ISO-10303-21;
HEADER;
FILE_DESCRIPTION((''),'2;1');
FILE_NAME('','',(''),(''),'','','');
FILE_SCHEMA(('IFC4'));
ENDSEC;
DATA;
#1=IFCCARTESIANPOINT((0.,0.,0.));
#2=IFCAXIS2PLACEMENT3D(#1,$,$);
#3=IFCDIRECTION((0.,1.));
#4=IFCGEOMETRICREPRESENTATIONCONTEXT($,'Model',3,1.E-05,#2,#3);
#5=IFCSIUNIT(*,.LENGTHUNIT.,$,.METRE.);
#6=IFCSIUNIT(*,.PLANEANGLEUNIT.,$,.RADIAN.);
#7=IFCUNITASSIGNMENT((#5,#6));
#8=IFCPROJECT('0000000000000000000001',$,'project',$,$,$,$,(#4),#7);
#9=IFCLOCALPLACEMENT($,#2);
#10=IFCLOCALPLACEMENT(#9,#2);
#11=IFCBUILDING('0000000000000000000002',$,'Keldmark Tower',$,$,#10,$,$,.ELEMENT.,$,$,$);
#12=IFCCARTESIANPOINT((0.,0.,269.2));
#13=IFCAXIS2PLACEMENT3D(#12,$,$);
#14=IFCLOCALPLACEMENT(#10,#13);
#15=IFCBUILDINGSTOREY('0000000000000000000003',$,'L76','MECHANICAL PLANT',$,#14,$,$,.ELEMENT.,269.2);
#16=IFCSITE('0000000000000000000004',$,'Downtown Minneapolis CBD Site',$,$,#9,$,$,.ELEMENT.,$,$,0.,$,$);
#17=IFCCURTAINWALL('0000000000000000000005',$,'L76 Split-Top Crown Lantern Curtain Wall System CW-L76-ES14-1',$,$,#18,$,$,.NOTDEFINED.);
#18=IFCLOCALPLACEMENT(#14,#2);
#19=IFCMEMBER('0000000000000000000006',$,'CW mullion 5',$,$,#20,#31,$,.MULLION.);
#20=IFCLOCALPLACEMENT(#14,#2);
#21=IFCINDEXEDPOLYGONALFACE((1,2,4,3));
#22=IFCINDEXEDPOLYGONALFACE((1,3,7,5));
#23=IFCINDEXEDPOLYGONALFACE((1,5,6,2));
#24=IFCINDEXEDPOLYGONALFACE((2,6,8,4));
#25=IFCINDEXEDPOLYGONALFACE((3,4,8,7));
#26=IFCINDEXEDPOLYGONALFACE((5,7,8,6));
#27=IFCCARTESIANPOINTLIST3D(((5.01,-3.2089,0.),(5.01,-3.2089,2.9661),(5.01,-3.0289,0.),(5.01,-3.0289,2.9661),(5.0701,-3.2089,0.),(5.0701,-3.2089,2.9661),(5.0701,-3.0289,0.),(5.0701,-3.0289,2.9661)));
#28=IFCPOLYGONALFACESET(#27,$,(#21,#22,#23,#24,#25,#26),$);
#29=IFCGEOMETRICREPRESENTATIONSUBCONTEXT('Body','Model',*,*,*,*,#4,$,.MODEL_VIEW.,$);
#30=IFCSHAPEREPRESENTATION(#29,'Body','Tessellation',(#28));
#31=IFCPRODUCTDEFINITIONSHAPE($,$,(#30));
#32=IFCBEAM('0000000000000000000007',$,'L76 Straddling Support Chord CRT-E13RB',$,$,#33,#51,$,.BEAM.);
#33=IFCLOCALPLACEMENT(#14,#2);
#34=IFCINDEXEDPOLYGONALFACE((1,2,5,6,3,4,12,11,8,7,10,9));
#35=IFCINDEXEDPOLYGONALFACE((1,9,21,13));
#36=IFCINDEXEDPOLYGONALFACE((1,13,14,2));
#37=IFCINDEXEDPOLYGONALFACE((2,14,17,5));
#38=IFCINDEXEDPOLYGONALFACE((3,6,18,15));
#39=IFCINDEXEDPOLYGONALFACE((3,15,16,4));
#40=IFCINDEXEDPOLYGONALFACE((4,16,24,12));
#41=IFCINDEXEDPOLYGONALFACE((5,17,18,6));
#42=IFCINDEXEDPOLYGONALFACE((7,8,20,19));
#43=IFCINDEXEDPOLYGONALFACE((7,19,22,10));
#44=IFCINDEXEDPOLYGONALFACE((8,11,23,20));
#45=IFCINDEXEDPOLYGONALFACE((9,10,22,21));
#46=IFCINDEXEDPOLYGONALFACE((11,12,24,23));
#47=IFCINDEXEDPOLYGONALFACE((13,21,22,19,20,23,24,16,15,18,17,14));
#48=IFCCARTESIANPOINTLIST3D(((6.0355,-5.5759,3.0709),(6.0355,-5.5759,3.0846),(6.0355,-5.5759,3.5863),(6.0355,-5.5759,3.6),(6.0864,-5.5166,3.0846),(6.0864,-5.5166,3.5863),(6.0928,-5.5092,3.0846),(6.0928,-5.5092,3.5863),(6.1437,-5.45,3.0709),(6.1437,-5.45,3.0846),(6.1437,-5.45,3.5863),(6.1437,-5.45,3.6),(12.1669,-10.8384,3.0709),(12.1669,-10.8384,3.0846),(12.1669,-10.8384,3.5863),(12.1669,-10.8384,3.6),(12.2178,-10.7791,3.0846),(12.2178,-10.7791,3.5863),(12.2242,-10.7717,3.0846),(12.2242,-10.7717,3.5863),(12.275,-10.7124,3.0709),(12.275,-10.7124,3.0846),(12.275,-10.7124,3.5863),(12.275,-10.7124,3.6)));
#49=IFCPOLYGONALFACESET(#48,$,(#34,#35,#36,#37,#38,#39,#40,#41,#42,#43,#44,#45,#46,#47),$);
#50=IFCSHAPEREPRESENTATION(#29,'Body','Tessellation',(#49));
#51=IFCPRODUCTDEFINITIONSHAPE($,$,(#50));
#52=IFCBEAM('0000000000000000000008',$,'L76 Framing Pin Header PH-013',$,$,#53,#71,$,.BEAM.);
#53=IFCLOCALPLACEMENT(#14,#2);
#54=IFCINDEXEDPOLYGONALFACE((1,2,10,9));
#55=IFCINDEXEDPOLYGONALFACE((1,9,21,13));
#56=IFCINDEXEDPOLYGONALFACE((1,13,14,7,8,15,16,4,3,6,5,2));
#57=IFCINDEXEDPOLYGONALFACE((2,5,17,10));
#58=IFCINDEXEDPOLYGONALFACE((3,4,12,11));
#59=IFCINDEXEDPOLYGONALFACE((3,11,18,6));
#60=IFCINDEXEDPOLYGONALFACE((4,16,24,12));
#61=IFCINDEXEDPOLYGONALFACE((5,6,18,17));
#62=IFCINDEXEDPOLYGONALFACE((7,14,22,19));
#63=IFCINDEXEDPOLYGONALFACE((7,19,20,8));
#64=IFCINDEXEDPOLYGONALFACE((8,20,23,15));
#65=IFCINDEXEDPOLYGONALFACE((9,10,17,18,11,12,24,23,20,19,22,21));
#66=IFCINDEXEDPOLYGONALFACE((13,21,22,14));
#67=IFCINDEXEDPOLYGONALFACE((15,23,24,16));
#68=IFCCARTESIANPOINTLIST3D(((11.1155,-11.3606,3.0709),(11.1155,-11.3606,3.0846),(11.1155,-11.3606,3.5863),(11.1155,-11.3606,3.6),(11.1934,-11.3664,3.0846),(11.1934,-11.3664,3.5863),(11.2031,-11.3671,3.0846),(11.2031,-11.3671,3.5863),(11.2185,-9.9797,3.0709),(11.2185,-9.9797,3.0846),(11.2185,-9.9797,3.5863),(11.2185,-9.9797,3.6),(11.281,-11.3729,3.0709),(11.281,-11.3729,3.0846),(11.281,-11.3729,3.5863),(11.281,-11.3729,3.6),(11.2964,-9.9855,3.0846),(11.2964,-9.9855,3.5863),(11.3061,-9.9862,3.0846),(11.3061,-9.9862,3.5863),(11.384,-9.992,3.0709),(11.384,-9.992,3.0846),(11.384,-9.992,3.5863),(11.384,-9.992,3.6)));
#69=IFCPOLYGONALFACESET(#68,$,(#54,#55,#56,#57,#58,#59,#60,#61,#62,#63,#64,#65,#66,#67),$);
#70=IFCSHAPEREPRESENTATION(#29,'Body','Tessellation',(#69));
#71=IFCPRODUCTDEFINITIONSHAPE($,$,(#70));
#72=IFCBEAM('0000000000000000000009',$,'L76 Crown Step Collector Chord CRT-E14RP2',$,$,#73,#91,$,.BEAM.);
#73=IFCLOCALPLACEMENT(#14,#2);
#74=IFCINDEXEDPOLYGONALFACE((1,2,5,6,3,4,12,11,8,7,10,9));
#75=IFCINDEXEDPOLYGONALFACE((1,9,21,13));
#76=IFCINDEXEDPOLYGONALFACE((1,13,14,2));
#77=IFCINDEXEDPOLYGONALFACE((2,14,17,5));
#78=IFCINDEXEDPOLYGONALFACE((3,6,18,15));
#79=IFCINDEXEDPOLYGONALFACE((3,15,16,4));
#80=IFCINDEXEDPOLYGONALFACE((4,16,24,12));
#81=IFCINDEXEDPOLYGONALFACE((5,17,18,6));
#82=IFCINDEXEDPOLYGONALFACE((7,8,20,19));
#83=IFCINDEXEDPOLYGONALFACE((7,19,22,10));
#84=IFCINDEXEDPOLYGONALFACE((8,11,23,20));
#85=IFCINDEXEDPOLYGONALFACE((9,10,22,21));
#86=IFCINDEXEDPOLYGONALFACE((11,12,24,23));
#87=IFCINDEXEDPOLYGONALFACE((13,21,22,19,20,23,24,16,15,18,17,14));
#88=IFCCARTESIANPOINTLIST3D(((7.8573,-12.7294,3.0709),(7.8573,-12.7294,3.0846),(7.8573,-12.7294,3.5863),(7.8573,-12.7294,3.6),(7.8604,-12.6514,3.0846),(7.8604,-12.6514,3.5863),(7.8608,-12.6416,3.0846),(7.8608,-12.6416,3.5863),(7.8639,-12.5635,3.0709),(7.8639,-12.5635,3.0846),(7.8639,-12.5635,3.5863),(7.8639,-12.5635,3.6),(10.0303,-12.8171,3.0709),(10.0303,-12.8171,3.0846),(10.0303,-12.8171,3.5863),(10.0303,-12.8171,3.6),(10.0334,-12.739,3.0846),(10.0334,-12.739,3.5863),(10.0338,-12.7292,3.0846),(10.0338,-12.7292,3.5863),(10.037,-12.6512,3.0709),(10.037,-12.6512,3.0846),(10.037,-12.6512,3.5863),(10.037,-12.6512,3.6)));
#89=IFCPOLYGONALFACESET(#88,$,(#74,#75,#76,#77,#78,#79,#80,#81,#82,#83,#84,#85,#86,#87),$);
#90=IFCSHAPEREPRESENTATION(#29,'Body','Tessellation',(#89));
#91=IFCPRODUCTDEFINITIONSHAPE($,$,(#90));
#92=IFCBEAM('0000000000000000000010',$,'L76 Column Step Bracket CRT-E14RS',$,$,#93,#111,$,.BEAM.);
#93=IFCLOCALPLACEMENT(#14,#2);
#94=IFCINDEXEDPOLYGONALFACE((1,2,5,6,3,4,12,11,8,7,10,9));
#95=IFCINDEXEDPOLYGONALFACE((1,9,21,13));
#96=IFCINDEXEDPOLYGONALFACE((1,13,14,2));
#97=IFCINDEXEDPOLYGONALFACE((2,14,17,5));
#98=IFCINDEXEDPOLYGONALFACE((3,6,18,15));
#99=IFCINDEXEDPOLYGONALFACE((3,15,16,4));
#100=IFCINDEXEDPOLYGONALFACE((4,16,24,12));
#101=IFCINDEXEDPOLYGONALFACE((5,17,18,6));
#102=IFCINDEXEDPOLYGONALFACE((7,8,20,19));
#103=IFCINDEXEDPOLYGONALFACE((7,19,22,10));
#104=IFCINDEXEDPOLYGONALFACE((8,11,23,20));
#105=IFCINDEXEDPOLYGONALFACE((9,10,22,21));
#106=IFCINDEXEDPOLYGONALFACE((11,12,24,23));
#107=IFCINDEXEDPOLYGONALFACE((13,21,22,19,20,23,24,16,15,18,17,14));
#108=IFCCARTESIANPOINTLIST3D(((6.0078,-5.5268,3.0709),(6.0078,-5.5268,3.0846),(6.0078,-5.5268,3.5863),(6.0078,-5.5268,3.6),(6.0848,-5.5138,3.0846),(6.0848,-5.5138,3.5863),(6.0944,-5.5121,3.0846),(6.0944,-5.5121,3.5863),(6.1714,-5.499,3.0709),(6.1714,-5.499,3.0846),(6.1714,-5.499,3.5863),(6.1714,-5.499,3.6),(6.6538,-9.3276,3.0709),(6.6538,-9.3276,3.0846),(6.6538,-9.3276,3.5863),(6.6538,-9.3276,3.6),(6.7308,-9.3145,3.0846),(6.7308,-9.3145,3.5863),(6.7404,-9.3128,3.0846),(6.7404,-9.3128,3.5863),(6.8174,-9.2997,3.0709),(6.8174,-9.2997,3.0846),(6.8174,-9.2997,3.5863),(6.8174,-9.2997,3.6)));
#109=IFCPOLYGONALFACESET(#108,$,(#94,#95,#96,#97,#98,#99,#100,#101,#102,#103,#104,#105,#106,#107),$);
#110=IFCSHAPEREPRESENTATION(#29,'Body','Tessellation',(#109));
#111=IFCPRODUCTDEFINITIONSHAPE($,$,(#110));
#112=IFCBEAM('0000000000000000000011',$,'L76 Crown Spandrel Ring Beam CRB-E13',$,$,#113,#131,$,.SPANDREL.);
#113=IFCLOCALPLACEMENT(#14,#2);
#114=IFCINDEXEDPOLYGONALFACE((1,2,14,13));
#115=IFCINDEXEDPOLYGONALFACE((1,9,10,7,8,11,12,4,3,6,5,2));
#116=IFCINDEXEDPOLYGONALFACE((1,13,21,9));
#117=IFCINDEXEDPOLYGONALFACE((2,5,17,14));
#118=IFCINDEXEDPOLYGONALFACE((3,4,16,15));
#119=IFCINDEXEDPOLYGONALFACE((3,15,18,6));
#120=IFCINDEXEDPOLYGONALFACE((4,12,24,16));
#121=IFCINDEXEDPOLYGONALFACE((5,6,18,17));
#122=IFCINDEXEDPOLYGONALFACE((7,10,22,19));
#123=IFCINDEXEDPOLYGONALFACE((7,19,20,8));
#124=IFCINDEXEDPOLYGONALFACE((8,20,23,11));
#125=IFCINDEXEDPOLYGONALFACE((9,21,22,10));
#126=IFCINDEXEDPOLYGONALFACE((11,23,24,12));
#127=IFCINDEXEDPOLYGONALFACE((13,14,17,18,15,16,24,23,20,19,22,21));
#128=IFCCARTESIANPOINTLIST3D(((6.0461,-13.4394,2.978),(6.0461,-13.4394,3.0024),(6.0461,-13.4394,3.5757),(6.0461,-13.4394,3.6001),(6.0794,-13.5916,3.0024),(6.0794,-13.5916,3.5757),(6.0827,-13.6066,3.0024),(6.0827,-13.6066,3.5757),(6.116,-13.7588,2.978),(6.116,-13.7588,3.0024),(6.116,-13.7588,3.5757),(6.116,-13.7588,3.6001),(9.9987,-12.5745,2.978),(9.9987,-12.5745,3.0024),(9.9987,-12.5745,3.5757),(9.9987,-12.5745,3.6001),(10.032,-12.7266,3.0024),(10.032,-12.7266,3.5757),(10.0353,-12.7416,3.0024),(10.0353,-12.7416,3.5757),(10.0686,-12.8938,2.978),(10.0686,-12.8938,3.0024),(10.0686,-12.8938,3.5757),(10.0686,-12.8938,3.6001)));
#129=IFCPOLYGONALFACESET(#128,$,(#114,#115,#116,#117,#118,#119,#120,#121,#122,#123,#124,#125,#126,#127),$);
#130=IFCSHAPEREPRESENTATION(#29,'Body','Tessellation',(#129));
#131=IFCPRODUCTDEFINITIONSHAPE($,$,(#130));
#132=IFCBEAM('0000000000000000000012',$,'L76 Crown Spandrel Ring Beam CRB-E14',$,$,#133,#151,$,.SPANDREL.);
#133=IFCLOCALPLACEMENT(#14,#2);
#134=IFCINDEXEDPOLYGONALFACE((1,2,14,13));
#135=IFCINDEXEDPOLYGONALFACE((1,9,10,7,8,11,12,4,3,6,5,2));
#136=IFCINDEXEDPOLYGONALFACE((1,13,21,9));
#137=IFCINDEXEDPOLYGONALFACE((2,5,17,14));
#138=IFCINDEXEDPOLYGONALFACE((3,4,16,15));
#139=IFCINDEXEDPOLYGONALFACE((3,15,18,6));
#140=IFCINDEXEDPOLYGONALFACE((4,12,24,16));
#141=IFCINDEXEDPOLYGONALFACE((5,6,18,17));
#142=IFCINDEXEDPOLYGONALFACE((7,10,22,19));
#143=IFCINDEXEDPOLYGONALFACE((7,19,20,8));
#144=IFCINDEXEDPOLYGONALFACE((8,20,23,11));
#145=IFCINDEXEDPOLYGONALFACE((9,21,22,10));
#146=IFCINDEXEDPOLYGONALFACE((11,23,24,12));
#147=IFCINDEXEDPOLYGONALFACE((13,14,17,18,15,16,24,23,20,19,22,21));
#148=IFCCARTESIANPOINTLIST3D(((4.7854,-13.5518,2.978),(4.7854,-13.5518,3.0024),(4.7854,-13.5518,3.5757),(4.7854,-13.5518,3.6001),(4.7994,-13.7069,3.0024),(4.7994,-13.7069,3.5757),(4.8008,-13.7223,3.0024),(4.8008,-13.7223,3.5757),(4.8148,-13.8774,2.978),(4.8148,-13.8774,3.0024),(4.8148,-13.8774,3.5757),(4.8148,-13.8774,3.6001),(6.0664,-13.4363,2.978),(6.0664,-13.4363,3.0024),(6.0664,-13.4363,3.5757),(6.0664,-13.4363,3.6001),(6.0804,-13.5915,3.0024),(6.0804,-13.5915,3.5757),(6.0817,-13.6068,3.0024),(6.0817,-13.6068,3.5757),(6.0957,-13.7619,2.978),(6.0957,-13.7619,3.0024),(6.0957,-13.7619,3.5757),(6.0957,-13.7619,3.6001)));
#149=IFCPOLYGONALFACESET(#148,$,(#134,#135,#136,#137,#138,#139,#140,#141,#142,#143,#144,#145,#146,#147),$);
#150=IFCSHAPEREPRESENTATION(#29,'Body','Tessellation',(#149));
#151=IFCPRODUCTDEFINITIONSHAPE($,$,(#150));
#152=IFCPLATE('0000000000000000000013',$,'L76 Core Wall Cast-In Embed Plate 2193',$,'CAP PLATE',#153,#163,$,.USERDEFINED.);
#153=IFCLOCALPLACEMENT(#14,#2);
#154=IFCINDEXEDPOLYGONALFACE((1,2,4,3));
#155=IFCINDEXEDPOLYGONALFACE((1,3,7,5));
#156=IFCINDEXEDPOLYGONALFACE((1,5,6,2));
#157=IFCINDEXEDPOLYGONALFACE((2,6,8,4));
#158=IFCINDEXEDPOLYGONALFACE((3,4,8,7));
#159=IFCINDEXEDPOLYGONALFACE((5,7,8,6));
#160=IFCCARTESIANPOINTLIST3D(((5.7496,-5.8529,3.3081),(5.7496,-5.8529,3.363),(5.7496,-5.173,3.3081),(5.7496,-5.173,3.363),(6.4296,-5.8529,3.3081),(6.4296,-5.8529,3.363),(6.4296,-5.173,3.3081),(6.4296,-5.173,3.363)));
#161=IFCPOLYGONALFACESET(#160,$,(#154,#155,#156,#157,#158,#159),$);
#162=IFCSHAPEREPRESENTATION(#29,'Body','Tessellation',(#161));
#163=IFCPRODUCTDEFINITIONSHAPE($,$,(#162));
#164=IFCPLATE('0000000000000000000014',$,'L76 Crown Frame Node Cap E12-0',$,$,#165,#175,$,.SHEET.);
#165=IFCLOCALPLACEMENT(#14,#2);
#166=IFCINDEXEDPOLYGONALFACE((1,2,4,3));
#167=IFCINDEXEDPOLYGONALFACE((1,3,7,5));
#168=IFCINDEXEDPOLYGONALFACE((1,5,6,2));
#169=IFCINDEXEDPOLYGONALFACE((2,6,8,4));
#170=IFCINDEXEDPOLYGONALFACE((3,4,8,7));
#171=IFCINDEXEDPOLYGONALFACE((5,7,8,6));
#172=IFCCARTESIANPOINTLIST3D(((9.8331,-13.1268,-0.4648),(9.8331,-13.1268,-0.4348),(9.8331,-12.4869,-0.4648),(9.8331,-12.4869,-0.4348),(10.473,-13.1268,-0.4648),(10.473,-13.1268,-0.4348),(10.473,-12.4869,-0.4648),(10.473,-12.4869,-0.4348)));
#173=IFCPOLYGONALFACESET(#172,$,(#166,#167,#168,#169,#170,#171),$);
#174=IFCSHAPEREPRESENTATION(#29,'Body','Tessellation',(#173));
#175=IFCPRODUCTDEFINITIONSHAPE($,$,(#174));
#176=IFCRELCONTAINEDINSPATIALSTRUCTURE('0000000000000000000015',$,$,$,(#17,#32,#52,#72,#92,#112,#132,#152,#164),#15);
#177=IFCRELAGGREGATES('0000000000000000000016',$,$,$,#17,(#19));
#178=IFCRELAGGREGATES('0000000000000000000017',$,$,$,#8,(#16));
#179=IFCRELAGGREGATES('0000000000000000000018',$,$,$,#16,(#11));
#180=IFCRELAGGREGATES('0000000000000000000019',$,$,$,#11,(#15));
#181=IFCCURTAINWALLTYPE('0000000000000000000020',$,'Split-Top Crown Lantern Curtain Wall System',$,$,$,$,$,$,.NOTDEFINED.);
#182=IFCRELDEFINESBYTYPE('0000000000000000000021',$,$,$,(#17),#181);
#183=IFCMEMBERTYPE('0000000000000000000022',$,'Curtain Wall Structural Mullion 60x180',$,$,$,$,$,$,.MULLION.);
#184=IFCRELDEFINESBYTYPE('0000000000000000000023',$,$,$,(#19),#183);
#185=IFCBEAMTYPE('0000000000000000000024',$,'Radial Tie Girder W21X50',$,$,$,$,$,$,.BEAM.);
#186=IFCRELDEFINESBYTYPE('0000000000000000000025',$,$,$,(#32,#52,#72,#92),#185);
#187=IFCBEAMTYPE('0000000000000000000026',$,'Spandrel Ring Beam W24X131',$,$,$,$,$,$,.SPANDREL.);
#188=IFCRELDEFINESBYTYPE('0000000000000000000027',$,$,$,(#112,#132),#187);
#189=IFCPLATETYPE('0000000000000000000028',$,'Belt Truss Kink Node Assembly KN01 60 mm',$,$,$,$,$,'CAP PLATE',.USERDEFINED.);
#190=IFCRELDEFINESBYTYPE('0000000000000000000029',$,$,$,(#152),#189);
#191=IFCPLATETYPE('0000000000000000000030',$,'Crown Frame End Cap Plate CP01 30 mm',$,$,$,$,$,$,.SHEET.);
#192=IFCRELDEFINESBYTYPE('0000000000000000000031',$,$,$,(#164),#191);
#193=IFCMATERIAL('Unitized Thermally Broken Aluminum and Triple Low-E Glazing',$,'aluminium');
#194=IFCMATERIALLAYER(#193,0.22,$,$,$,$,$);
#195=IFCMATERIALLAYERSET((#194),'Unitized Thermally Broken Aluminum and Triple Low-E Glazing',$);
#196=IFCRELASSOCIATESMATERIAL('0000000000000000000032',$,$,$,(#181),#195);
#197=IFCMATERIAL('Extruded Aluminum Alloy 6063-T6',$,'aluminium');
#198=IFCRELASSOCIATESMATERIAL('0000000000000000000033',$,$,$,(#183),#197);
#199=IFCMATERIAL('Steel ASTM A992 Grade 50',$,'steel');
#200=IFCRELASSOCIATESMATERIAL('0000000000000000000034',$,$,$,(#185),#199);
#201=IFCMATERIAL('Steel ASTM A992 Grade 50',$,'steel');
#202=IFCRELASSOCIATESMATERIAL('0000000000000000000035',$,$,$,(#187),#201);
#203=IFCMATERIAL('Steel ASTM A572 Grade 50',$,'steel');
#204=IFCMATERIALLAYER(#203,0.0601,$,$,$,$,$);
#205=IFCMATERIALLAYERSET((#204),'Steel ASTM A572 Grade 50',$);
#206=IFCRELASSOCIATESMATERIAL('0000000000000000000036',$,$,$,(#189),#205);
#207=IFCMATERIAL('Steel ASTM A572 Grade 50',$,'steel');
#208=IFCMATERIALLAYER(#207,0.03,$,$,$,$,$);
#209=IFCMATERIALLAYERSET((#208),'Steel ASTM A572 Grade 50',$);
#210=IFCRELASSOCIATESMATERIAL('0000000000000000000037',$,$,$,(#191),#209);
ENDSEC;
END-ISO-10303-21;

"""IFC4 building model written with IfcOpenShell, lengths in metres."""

from ifc_helpers import new_model, si_unit, direction, frame, origin, origin_2d, place, context, subcontext, project, spatial, rectangle, i_section, extrude, material, layer, layer_set, material_profile, profile_set, type_object, element, aggregate, save


model = new_model("IFC4")

# Units and contexts
model_context = context("Model", 3, precision=1e-05, world=origin(), true_north=direction((0.0, 1.0)))
body_context = subcontext(model_context, "Body", "Model", "MODEL_VIEW")
ifc_project = project(units=[si_unit("LENGTHUNIT", "METRE"), si_unit("PLANEANGLEUNIT", "RADIAN")], contexts=[model_context])

# Site, building, storey
site_placement = place(None, origin())
site = spatial("IfcSite", under=ifc_project, at=site_placement, Name="Downtown Minneapolis CBD Site", CompositionType="ELEMENT", RefElevation=0.0)
building_placement = place(site_placement, origin())
building = spatial("IfcBuilding", under=site, at=building_placement, Name="Keldmark Tower", CompositionType="ELEMENT")
storey_placement = place(building_placement, frame((0.0, 0.0, 269.2)))
storey = spatial("IfcBuildingStorey", under=building, at=storey_placement, Name="L76", Description="MECHANICAL PLANT", CompositionType="ELEMENT", Elevation=269.2)

# Curtain wall, member
ifc_material_1 = material(Name="Unitized Thermally Broken Aluminum and Triple Low-E Glazing", Category="aluminium")
ifc_layer_1 = layer(ifc_material_1, 0.22)
ifc_layer_set_1 = layer_set([ifc_layer_1], Name="Unitized Thermally Broken Aluminum and Triple Low-E Glazing")
curtain_wall_type = type_object("IfcCurtainWallType", Name="Split-Top Crown Lantern Curtain Wall System", PredefinedType="NOTDEFINED", material=ifc_layer_set_1)
curtain_wall_placement = place(storey_placement, origin())
curtain_wall = element("IfcCurtainWall", 1, at=curtain_wall_placement, inside=storey, type_object=curtain_wall_type, Name="L76 Split-Top Crown Lantern Curtain Wall System CW-L76-ES14-1", PredefinedType="NOTDEFINED")
ifc_material_2 = material(Name="Extruded Aluminum Alloy 6063-T6", Category="aluminium")
ifc_material_profile_1 = material_profile(ifc_material_2, rectangle(XDim=0.0601, YDim=0.1799, at=origin_2d()), Name="CWM60X180")
ifc_profile_set_1 = profile_set([ifc_material_profile_1], Name="Extruded Aluminum Alloy 6063-T6")
member_type_1 = type_object("IfcMemberType", Name="Curtain Wall Structural Mullion 60x180", PredefinedType="MULLION", material=ifc_profile_set_1)
member_1_placement = place(storey_placement, frame((5.04, -3.1189, 0.0), z_axis=(0.0, 0.0, 1.0), x_axis=(1.0, 0.0, 0.0)))
member_1 = element("IfcMember", 2, at=member_1_placement, type_object=member_type_1, Name="CW mullion 5", PredefinedType="MULLION", context=body_context, shape_type="SweptSolid", body=[
    extrude(rectangle(XDim=0.0601, YDim=0.1799, at=origin_2d()), origin(), (0.0, 0.0, 1.0), 2.9661),
])

# Beams
ifc_material_3 = material(Name="Steel ASTM A992 Grade 50", Category="steel")
ifc_material_profile_2 = material_profile(ifc_material_3, i_section(OverallWidth=0.166, OverallDepth=0.5291, WebThickness=0.0098, FlangeThickness=0.0137, at=origin_2d()), Name="W21X50")
ifc_profile_set_2 = profile_set([ifc_material_profile_2], Name="Steel ASTM A992 Grade 50")
beam_type_1 = type_object("IfcBeamType", Name="Radial Tie Girder W21X50", PredefinedType="BEAM", material=ifc_profile_set_2)
beam_1_placement = place(storey_placement, frame((6.0896, -5.5129, 3.3354), z_axis=(0.758828, -0.651291, 0.0), x_axis=(0.651291, 0.758828, 0.0)))
element("IfcBeam", 3, at=beam_1_placement, inside=storey, type_object=beam_type_1, Name="L76 Straddling Support Chord CRT-E13RB", PredefinedType="BEAM", context=body_context, shape_type="SweptSolid", body=[
    extrude(i_section(OverallWidth=0.166, OverallDepth=0.5291, WebThickness=0.0098, FlangeThickness=0.0137, at=origin_2d()), origin(), (0.0, 0.0, 1.0), 8.0801),
])
beam_2_placement = place(storey_placement, frame((11.3013, -9.9858, 3.3354), z_axis=(-0.074404, -0.997228, 0.0), x_axis=(0.997228, -0.074404, 0.0)))
element("IfcBeam", 4, at=beam_2_placement, inside=storey, type_object=beam_type_1, Name="L76 Framing Pin Header PH-013", PredefinedType="BEAM", context=body_context, shape_type="SweptSolid", body=[
    extrude(i_section(OverallWidth=0.166, OverallDepth=0.5291, WebThickness=0.0098, FlangeThickness=0.0137, at=origin_2d()), origin(), (0.0, 0.0, 1.0), 1.3848),
])
beam_3_placement = place(storey_placement, frame((7.8606, -12.6465, 3.3354), z_axis=(0.999188, -0.0403, 0.0), x_axis=(0.0403, 0.999188, 0.0)))
element("IfcBeam", 5, at=beam_3_placement, inside=storey, type_object=beam_type_1, Name="L76 Crown Step Collector Chord CRT-E14RP2", PredefinedType="BEAM", context=body_context, shape_type="SweptSolid", body=[
    extrude(i_section(OverallWidth=0.166, OverallDepth=0.5291, WebThickness=0.0098, FlangeThickness=0.0137, at=origin_2d()), origin(), (0.0, 0.0, 1.0), 2.1748),
])
beam_4_placement = place(storey_placement, frame((6.0896, -5.5129, 3.3354), z_axis=(0.167561, -0.985862, 0.0), x_axis=(0.985862, 0.167561, 0.0)))
element("IfcBeam", 6, at=beam_4_placement, inside=storey, type_object=beam_type_1, Name="L76 Column Step Bracket CRT-E14RS", PredefinedType="BEAM", context=body_context, shape_type="SweptSolid", body=[
    extrude(i_section(OverallWidth=0.166, OverallDepth=0.5291, WebThickness=0.0098, FlangeThickness=0.0137, at=origin_2d()), origin(), (0.0, 0.0, 1.0), 3.8552),
])
ifc_material_4 = material(Name="Steel ASTM A992 Grade 50", Category="steel")
ifc_material_profile_3 = material_profile(ifc_material_4, i_section(OverallWidth=0.3269, OverallDepth=0.6221, WebThickness=0.0154, FlangeThickness=0.0244, at=origin_2d()), Name="W24X131")
ifc_profile_set_3 = profile_set([ifc_material_profile_3], Name="Steel ASTM A992 Grade 50")
beam_type_2 = type_object("IfcBeamType", Name="Spandrel Ring Beam W24X131", PredefinedType="SPANDREL", material=ifc_profile_set_3)
beam_5_placement = place(storey_placement, frame((10.0337, -12.7341, 3.2891), z_axis=(-0.976882, -0.21378, 0.0), x_axis=(0.21378, -0.976882, 0.0)))
element("IfcBeam", 7, at=beam_5_placement, inside=storey, type_object=beam_type_2, Name="L76 Crown Spandrel Ring Beam CRB-E13", PredefinedType="SPANDREL", context=body_context, shape_type="SweptSolid", body=[
    extrude(i_section(OverallWidth=0.3269, OverallDepth=0.6221, WebThickness=0.0154, FlangeThickness=0.0244, at=origin_2d()), origin(), (0.0, 0.0, 1.0), 4.0461),
])
beam_6_placement = place(storey_placement, frame((6.0811, -13.5991, 3.2891), z_axis=(-0.995961, -0.089783, 0.0), x_axis=(0.089783, -0.995961, 0.0)))
element("IfcBeam", 8, at=beam_6_placement, inside=storey, type_object=beam_type_2, Name="L76 Crown Spandrel Ring Beam CRB-E14", PredefinedType="SPANDREL", context=body_context, shape_type="SweptSolid", body=[
    extrude(i_section(OverallWidth=0.3269, OverallDepth=0.6221, WebThickness=0.0154, FlangeThickness=0.0244, at=origin_2d()), origin(), (0.0, 0.0, 1.0), 1.2861),
])

# Plates
ifc_material_5 = material(Name="Steel ASTM A572 Grade 50", Category="steel")
ifc_layer_2 = layer(ifc_material_5, 0.0601)
ifc_layer_set_2 = layer_set([ifc_layer_2], Name="Steel ASTM A572 Grade 50")
plate_type_1 = type_object("IfcPlateType", Name="Belt Truss Kink Node Assembly KN01 60 mm", ElementType="CAP PLATE", PredefinedType="USERDEFINED", material=ifc_layer_set_2)
plate_1_placement = place(storey_placement, frame((6.0896, -5.5129, 3.3081), z_axis=(0.0, 0.0, 1.0), x_axis=(1.0, 0.0, 0.0)))
element("IfcPlate", 9, at=plate_1_placement, inside=storey, type_object=plate_type_1, Name="L76 Core Wall Cast-In Embed Plate 2193", ObjectType="CAP PLATE", PredefinedType="USERDEFINED", context=body_context, shape_type="SweptSolid", body=[
    extrude(rectangle(XDim=0.6799, YDim=0.6799, at=origin_2d()), origin(), (0.0, 0.0, 1.0), 0.0549),
])
ifc_material_6 = material(Name="Steel ASTM A572 Grade 50", Category="steel")
ifc_layer_3 = layer(ifc_material_6, 0.03)
ifc_layer_set_3 = layer_set([ifc_layer_3], Name="Steel ASTM A572 Grade 50")
plate_type_2 = type_object("IfcPlateType", Name="Crown Frame End Cap Plate CP01 30 mm", PredefinedType="SHEET", material=ifc_layer_set_3)
plate_2_placement = place(storey_placement, frame((10.1531, -12.8069, -0.4648), z_axis=(0.0, 0.0, 1.0), x_axis=(1.0, 0.0, 0.0)))
element("IfcPlate", 10, at=plate_2_placement, inside=storey, type_object=plate_type_2, Name="L76 Crown Frame Node Cap E12-0", PredefinedType="SHEET", context=body_context, shape_type="SweptSolid", body=[
    extrude(rectangle(XDim=0.6399, YDim=0.6399, at=origin_2d()), origin(), (0.0, 0.0, 1.0), 0.03),
])

aggregate(curtain_wall, [member_1])

save(model, "model.ifc")
